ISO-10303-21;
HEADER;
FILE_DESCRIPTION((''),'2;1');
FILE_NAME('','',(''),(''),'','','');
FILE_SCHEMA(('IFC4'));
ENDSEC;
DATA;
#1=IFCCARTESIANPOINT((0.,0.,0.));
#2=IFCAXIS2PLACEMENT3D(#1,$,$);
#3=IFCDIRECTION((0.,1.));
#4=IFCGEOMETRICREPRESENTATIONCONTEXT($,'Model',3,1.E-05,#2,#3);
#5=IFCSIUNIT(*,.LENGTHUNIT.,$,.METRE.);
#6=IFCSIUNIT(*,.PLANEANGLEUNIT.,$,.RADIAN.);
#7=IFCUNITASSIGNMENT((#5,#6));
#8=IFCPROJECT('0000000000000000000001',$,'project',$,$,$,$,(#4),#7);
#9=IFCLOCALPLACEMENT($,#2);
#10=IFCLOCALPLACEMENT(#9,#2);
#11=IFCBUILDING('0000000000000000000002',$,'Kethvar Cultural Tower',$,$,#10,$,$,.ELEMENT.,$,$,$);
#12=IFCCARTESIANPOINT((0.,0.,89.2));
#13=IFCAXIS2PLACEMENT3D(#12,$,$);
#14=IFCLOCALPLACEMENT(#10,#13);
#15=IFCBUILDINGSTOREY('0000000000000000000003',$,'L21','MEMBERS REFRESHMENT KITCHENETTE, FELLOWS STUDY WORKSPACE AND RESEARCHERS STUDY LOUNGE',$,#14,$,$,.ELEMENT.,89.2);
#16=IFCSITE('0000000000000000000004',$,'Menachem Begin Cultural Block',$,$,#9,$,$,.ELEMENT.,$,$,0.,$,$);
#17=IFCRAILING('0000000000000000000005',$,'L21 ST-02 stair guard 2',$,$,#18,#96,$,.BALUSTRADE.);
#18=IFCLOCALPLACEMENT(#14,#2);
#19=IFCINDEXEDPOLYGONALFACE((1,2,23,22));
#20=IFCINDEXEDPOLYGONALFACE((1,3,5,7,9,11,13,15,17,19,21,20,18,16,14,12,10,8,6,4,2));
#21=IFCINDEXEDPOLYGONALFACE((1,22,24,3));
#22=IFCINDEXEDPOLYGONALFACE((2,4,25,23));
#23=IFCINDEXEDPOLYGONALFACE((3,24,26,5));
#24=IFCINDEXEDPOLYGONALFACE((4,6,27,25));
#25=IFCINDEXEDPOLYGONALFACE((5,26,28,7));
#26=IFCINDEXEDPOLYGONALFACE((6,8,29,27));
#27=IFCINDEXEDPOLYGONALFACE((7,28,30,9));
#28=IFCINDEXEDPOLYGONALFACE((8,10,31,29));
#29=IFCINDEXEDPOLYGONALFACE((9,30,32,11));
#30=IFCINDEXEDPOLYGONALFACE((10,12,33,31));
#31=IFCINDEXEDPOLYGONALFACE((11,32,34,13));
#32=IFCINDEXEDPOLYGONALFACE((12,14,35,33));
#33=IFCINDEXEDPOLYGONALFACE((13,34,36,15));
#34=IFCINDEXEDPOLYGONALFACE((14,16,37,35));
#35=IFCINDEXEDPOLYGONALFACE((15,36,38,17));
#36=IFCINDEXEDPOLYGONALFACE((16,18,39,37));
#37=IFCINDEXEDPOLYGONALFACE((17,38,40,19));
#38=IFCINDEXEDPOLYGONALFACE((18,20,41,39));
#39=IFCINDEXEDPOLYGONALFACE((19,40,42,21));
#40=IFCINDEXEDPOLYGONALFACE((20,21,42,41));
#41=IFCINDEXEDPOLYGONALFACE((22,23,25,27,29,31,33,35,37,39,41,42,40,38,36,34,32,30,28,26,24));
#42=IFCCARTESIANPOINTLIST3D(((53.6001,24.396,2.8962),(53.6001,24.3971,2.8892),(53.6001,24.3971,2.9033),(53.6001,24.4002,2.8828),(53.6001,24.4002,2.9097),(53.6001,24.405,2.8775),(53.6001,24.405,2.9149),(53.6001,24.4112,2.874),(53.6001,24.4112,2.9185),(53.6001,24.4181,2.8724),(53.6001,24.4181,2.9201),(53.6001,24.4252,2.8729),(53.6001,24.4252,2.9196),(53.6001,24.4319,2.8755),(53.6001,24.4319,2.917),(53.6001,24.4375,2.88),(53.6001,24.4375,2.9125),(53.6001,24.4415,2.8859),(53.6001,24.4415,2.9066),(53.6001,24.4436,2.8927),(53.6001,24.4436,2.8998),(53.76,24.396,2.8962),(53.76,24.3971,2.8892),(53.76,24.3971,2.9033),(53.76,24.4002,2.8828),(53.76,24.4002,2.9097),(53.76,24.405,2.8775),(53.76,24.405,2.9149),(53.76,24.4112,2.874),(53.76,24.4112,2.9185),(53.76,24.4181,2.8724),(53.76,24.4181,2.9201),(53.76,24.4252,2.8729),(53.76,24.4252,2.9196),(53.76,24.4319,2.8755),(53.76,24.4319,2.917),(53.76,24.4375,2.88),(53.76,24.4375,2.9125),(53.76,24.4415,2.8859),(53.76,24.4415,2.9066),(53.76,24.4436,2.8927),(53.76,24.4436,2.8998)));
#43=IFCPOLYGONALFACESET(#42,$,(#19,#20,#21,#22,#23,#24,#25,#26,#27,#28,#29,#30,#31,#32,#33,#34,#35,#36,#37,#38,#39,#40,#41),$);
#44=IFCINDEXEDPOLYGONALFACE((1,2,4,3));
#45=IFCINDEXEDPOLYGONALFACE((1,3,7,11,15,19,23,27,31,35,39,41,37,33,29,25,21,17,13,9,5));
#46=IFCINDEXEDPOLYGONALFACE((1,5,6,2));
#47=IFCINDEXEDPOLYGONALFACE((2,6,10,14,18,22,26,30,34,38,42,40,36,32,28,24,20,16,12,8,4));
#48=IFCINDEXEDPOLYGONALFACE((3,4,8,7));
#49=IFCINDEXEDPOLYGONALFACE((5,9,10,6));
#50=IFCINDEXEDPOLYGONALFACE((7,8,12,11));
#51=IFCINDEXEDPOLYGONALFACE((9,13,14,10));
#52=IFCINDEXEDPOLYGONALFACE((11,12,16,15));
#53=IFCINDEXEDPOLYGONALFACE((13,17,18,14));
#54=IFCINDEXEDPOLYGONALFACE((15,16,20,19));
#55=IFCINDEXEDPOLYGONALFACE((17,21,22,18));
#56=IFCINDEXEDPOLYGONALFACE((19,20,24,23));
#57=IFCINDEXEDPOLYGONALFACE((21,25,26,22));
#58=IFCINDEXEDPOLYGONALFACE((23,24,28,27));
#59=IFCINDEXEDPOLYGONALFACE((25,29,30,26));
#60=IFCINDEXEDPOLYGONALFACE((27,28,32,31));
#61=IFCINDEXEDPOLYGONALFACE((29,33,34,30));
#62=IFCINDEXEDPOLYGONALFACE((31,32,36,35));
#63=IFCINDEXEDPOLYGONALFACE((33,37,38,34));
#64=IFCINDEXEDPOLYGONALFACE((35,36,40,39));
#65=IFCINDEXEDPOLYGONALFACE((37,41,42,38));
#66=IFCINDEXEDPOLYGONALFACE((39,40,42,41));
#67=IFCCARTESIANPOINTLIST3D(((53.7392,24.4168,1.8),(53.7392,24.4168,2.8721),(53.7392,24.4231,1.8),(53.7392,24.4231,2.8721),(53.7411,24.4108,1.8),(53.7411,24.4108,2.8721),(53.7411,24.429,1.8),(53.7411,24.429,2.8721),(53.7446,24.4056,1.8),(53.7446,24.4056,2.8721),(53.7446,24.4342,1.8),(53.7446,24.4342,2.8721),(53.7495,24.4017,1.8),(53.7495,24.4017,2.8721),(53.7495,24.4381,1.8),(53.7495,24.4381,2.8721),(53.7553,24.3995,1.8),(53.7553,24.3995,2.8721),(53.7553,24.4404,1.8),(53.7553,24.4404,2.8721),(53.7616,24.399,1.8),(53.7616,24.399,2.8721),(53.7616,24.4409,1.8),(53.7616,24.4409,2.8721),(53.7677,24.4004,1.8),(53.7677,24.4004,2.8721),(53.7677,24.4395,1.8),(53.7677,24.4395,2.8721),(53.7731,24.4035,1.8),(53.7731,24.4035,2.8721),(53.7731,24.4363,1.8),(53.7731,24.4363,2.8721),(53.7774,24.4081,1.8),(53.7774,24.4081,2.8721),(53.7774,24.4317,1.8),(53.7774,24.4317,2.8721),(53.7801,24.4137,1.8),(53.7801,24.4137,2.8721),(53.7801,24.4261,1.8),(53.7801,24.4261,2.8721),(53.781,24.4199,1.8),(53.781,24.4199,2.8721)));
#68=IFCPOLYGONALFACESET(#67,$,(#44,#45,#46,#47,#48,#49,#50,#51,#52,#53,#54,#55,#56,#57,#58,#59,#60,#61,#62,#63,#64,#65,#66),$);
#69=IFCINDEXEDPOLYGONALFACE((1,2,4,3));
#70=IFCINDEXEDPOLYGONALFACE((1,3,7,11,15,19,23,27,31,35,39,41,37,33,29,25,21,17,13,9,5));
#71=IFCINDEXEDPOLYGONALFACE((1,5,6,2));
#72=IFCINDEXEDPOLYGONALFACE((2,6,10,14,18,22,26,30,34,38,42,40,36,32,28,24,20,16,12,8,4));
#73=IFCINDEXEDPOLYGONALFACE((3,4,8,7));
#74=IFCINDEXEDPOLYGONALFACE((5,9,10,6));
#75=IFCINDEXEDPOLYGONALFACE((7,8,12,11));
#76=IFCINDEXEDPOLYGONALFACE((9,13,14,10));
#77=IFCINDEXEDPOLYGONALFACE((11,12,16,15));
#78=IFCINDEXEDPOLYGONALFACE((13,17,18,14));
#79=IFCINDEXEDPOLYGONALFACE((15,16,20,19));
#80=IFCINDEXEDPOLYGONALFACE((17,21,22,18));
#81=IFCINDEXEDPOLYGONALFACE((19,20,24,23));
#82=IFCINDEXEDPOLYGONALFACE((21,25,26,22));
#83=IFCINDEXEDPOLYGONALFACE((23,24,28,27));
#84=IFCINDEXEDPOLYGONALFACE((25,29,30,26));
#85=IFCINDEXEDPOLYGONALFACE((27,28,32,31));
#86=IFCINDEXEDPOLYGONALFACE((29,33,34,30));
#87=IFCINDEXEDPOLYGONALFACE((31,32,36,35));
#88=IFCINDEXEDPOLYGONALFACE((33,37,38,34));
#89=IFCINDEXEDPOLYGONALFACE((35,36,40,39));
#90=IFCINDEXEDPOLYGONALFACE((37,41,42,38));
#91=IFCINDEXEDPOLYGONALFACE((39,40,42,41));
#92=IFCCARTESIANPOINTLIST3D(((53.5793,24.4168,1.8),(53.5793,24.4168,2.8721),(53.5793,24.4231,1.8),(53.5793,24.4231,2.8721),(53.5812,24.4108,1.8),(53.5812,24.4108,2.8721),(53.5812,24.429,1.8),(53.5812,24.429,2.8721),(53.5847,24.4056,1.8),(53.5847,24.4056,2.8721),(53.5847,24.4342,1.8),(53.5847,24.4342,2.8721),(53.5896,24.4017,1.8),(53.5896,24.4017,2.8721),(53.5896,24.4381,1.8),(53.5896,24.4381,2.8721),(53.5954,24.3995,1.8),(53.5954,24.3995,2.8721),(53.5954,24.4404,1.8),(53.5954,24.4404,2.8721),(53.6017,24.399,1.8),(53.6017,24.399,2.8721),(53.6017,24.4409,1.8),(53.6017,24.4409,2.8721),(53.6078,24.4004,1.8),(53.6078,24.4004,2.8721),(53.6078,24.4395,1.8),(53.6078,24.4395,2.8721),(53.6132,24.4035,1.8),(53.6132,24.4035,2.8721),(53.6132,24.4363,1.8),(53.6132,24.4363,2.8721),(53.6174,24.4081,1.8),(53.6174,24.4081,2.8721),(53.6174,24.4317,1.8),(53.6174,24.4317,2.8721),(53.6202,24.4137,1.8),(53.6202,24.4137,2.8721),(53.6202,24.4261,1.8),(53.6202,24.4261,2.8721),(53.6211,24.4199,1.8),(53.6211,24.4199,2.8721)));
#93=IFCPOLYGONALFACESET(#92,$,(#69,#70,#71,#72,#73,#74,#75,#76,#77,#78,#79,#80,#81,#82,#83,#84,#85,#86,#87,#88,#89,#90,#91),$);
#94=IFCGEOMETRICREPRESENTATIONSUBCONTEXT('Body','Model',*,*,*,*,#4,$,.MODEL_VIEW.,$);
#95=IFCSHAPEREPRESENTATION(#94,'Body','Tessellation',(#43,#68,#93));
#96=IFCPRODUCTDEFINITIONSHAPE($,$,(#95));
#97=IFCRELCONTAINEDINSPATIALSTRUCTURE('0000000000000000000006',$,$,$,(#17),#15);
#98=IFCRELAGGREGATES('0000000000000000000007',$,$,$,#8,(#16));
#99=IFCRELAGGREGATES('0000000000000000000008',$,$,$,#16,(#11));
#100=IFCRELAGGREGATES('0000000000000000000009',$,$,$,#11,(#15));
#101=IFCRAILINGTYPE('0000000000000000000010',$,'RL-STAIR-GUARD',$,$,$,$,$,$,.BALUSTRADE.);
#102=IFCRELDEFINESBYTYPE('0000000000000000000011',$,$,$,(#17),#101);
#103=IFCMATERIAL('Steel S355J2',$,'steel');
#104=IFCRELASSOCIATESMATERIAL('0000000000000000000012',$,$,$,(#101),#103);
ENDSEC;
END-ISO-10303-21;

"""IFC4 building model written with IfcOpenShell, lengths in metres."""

from ifc_helpers import new_model, si_unit, direction, frame, origin, origin_2d, place, context, subcontext, project, spatial, circle, extrude, material, type_object, element, save


model = new_model("IFC4")

# Units and contexts
model_context = context("Model", 3, precision=1e-05, world=origin(), true_north=direction((0.0, 1.0)))
body_context = subcontext(model_context, "Body", "Model", "MODEL_VIEW")
ifc_project = project(units=[si_unit("LENGTHUNIT", "METRE"), si_unit("PLANEANGLEUNIT", "RADIAN")], contexts=[model_context])

# Site, building, storey
site_placement = place(None, origin())
site = spatial("IfcSite", under=ifc_project, at=site_placement, Name="Menachem Begin Cultural Block", CompositionType="ELEMENT", RefElevation=0.0)
building_placement = place(site_placement, origin())
building = spatial("IfcBuilding", under=site, at=building_placement, Name="Kethvar Cultural Tower", CompositionType="ELEMENT")
storey_placement = place(building_placement, frame((0.0, 0.0, 89.2)))
storey = spatial("IfcBuildingStorey", under=building, at=storey_placement, Name="L21", Description="MEMBERS REFRESHMENT KITCHENETTE, FELLOWS STUDY WORKSPACE AND RESEARCHERS STUDY LOUNGE", CompositionType="ELEMENT", Elevation=89.2)

# Shared definitions
ifc_material_1 = material(Name="Steel S355J2", Category="steel")

# Railing
railing_type_1 = type_object("IfcRailingType", Name="RL-STAIR-GUARD", PredefinedType="BALUSTRADE", material=ifc_material_1)
railing_1_placement = place(storey_placement, frame((53.76, 24.4199, 1.8)))
element("IfcRailing", 1, at=railing_1_placement, inside=storey, type_object=railing_type_1, Name="L21 ST-02 stair guard 2", PredefinedType="BALUSTRADE", context=body_context, shape_type="SweptSolid", body=[
    extrude(circle(Radius=0.0239, at=origin_2d()), frame((0.0, 0.0, 1.0962), z_axis=(-1.0, 0.0, 0.0), x_axis=(0.0, -1.0, 0.0)), (0.0, 0.0, 1.0), 0.1599),
    extrude(circle(Radius=0.021, at=origin_2d()), origin(), (0.0, 0.0, 1.0), 1.072),
    extrude(circle(Radius=0.021, at=origin_2d()), frame((-0.1599, 0.0, 0.0)), (0.0, 0.0, 1.0), 1.072),
])

save(model, "model.ifc")
